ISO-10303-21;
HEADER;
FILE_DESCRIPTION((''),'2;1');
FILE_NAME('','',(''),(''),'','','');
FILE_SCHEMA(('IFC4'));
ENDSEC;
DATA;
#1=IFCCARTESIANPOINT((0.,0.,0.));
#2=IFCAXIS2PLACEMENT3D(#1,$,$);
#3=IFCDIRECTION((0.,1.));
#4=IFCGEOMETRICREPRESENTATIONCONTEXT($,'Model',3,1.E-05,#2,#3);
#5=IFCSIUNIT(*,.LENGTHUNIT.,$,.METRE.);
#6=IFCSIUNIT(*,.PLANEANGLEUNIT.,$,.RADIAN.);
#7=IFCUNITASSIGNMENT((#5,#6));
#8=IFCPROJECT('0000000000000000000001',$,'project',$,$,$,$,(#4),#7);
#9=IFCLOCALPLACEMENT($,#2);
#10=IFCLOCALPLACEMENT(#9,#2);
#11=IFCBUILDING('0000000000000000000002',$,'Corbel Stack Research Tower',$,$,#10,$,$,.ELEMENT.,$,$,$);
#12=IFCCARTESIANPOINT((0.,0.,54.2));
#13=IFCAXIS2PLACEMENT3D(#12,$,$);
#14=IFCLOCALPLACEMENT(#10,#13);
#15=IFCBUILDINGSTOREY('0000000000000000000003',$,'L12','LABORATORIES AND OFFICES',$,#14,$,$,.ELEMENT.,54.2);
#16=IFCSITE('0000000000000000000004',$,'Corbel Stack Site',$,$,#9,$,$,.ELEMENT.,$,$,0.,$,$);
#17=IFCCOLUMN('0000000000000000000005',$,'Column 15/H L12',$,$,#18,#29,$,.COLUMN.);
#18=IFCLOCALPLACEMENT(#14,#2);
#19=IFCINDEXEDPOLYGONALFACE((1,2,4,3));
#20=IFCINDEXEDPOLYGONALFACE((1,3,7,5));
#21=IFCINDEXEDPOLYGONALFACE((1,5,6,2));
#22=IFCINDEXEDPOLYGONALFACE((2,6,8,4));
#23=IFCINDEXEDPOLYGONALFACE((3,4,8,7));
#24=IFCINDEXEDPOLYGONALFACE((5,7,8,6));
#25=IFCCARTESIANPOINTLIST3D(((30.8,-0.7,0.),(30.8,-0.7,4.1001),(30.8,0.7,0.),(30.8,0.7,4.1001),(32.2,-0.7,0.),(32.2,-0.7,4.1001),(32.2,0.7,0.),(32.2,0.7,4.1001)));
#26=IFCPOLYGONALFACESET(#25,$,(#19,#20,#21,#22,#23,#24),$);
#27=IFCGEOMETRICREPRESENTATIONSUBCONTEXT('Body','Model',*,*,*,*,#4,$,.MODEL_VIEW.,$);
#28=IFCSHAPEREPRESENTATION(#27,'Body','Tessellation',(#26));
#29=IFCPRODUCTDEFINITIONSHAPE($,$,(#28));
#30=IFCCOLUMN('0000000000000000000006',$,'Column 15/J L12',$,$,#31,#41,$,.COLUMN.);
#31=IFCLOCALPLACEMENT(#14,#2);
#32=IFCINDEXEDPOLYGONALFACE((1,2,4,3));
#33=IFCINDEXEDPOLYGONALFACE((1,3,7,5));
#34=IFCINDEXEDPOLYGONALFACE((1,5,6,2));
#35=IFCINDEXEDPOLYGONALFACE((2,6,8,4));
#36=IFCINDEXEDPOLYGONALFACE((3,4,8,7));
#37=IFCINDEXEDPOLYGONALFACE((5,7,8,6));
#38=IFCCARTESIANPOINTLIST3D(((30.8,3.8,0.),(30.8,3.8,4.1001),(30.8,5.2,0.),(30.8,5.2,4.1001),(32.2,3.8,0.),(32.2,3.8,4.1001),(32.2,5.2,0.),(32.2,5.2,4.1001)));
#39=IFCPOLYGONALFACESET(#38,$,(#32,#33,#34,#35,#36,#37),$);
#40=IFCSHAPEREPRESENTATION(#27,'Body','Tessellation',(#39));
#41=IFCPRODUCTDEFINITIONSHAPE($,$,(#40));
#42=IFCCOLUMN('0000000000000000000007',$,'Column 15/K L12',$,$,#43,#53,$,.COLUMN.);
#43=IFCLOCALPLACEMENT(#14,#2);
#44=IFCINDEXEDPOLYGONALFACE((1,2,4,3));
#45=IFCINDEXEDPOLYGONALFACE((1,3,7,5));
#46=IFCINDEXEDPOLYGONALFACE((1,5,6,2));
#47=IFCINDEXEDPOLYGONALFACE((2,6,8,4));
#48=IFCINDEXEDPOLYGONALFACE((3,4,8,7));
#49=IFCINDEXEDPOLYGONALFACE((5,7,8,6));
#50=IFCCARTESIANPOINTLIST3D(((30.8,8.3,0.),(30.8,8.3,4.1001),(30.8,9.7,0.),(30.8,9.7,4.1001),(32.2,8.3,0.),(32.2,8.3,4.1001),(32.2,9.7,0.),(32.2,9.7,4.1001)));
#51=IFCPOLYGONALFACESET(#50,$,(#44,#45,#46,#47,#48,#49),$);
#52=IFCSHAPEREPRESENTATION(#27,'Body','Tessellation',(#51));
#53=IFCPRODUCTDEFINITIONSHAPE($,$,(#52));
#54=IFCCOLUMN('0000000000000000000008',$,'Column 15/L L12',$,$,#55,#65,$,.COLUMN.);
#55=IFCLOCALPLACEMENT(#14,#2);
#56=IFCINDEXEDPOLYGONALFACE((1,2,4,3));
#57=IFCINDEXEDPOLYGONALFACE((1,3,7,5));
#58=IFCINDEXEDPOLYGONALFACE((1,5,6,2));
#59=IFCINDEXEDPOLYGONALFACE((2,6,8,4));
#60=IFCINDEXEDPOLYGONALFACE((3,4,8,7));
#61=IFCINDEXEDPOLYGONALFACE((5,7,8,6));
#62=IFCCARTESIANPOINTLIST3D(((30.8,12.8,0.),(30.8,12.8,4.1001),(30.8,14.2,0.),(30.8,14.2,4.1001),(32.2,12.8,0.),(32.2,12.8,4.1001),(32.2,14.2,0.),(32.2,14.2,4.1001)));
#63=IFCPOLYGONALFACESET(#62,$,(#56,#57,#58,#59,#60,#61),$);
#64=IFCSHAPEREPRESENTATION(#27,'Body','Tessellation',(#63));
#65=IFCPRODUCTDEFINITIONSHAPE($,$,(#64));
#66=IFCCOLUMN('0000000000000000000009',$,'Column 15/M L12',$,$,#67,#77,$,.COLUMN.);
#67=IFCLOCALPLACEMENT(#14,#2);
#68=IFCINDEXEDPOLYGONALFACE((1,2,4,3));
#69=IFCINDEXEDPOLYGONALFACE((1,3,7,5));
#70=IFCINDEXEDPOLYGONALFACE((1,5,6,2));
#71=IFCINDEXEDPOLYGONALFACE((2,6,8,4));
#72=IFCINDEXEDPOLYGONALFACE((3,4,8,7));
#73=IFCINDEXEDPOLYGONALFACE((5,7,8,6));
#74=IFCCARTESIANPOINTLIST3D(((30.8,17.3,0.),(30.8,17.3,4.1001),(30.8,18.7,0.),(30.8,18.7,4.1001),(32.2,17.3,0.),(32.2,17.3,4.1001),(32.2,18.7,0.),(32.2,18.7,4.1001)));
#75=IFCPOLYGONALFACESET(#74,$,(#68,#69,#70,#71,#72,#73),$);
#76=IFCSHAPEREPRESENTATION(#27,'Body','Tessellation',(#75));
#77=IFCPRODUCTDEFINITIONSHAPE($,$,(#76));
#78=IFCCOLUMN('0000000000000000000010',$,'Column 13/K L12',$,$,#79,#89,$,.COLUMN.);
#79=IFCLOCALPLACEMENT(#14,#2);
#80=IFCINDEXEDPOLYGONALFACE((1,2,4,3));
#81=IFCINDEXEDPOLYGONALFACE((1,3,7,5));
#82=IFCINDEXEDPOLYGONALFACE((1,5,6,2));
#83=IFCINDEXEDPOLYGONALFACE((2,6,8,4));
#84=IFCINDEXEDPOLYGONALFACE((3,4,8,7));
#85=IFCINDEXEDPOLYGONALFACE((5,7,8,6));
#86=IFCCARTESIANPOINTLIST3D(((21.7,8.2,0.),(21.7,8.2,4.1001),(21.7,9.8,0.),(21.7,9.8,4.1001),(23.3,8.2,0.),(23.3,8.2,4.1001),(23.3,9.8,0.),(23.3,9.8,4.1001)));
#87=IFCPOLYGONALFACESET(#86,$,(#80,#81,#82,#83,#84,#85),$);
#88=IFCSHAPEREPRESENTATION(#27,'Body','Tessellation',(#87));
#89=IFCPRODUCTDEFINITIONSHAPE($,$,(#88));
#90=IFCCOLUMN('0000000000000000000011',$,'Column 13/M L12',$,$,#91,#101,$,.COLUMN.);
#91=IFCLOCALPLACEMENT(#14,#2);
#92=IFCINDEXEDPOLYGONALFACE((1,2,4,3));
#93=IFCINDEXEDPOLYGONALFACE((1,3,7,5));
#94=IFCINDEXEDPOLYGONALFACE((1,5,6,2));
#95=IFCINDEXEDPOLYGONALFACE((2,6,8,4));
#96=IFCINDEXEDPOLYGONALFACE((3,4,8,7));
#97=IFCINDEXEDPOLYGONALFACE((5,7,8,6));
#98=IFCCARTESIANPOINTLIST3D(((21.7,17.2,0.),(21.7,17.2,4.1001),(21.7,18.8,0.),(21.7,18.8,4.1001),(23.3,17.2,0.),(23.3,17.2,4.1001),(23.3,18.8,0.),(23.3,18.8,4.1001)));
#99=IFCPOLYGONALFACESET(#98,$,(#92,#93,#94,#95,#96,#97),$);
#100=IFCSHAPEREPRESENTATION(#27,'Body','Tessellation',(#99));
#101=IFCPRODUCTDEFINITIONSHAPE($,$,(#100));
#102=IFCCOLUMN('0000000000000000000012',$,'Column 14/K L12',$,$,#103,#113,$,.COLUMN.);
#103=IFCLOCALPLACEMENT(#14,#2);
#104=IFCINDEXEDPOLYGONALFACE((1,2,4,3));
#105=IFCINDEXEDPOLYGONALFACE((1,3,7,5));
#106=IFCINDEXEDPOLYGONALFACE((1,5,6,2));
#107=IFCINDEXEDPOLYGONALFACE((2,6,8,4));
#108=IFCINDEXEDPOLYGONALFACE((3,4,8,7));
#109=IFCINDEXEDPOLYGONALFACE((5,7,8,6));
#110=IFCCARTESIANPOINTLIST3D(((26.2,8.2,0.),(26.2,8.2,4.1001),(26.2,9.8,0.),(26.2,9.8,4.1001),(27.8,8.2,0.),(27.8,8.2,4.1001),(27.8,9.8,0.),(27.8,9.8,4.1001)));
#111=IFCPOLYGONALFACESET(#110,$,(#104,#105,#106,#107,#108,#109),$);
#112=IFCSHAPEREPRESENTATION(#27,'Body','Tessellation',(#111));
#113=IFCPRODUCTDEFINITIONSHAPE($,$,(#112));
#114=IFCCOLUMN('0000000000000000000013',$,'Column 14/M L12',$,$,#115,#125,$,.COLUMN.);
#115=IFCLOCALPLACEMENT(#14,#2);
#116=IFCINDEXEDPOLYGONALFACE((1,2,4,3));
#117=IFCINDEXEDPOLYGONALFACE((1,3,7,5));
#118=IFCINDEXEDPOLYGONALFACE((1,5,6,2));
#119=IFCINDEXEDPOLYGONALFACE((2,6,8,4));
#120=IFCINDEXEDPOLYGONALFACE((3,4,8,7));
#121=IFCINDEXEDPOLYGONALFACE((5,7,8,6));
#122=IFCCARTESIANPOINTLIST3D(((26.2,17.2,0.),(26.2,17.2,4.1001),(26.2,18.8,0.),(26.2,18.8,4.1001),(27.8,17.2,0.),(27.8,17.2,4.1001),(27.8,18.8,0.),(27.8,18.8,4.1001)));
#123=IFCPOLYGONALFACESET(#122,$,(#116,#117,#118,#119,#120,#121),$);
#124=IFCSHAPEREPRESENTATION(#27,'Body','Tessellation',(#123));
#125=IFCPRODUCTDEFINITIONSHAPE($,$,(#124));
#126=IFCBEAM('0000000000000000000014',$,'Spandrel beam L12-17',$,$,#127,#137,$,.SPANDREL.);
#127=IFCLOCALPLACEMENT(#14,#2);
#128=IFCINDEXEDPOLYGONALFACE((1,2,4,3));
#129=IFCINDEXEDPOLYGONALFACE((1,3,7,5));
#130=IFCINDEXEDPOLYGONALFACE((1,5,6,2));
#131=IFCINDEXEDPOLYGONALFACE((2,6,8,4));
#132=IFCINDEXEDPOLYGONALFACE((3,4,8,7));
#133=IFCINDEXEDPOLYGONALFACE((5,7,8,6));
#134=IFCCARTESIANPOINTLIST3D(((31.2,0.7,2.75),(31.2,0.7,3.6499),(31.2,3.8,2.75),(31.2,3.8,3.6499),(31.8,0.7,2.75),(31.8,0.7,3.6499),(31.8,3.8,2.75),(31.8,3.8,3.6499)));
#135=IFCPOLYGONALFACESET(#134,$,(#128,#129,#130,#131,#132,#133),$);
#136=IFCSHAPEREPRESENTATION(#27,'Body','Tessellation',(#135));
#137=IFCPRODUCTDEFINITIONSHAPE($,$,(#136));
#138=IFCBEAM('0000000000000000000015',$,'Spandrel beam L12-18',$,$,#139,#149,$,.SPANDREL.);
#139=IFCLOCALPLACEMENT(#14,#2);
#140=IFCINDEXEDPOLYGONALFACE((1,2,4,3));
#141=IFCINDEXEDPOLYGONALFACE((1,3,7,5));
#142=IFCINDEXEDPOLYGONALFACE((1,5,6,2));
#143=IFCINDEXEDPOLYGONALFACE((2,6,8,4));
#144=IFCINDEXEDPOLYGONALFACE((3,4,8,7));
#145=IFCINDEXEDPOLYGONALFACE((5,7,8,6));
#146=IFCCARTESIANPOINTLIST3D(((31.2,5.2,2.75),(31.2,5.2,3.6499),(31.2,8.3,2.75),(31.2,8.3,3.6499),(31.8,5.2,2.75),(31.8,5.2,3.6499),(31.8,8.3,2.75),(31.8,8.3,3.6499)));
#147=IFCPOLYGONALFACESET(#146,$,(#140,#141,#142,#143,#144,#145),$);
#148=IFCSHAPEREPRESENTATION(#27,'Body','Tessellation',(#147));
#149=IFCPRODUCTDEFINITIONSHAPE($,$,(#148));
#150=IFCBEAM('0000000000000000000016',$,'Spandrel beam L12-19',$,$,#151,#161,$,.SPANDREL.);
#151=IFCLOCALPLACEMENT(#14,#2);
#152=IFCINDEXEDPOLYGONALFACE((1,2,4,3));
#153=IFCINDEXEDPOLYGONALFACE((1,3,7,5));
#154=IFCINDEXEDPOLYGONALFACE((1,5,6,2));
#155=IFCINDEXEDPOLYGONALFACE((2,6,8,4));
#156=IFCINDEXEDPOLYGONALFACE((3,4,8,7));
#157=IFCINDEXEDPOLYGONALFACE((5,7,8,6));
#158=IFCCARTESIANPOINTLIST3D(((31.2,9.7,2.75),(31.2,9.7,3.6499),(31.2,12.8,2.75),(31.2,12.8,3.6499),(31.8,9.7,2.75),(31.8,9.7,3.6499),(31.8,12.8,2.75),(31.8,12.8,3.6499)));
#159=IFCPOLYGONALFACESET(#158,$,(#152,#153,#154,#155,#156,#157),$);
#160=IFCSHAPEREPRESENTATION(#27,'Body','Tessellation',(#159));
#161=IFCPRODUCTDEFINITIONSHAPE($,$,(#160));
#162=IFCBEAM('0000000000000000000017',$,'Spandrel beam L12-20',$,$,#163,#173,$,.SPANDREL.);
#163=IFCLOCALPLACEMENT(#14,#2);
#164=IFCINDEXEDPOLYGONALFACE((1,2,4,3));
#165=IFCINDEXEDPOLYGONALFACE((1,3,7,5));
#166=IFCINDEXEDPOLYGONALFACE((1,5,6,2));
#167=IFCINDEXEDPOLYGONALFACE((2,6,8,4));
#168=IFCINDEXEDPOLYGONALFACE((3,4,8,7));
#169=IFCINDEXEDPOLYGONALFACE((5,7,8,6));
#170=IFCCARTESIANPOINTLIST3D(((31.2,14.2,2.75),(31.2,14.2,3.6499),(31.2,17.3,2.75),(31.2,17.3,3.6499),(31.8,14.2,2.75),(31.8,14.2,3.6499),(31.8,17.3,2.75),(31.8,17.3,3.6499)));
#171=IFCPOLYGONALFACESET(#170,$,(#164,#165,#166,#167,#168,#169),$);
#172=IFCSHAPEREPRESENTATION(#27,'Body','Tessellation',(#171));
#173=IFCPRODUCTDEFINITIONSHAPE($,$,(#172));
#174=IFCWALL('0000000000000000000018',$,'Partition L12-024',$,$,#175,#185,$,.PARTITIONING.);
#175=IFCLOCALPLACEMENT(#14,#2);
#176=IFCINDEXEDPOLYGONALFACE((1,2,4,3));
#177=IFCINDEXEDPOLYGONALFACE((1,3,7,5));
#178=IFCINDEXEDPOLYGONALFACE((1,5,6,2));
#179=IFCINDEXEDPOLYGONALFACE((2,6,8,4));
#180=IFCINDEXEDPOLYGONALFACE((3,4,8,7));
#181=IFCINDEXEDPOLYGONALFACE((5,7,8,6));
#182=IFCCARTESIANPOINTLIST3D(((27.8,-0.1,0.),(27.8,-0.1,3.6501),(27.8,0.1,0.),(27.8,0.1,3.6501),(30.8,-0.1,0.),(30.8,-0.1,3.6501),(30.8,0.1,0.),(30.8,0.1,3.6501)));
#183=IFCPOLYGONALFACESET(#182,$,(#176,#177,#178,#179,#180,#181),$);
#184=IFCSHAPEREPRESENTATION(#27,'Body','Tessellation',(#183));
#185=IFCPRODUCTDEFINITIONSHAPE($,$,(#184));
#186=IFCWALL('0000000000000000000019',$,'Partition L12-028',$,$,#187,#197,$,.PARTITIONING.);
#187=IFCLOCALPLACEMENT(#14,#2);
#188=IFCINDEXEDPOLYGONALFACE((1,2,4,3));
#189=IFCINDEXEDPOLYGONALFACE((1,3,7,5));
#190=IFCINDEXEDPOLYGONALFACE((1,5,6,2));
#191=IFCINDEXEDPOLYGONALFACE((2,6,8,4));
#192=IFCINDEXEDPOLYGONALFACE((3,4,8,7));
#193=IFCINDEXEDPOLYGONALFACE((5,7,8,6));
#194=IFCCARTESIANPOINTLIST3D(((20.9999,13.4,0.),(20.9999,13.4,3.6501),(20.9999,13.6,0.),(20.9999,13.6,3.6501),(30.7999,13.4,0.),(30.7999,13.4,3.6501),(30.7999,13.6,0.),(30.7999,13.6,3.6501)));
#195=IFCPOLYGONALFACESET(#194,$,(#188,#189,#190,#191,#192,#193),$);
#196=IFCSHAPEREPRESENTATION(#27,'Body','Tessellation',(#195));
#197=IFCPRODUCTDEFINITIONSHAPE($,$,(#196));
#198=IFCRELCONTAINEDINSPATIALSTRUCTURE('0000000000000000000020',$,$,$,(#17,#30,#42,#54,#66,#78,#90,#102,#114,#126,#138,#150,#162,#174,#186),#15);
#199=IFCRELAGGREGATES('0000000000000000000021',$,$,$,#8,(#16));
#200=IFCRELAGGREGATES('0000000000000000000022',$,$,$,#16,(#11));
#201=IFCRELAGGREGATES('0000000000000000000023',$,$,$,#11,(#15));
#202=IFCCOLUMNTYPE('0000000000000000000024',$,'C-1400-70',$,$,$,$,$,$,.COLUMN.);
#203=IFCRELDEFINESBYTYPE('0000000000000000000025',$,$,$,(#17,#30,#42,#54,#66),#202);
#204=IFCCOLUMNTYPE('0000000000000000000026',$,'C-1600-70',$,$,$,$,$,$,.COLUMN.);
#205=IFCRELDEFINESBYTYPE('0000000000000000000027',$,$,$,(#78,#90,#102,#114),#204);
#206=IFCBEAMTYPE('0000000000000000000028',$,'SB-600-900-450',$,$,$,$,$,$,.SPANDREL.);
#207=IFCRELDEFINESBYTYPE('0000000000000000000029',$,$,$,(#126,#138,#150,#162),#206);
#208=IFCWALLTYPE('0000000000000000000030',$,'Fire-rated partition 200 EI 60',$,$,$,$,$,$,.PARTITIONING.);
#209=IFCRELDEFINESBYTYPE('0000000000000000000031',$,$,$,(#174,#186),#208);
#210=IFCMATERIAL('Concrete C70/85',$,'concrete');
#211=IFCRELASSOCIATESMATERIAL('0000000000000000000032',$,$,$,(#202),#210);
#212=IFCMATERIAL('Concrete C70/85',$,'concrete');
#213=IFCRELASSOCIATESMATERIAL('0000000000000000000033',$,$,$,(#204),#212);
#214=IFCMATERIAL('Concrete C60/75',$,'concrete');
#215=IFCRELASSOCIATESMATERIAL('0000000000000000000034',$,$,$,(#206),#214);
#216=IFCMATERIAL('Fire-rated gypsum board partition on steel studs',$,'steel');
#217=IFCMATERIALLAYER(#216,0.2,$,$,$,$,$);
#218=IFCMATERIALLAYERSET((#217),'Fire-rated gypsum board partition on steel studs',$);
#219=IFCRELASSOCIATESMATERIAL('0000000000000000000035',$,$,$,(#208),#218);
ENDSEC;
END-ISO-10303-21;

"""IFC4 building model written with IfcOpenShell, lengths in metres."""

from ifc_helpers import new_model, si_unit, direction, frame, frame_2d, origin, origin_2d, place, context, subcontext, project, spatial, rectangle, extrude, material, layer, layer_set, material_profile, profile_set, type_object, element, save


model = new_model("IFC4")

# Units and contexts
model_context = context("Model", 3, precision=1e-05, world=origin(), true_north=direction((0.0, 1.0)))
body_context = subcontext(model_context, "Body", "Model", "MODEL_VIEW")
ifc_project = project(units=[si_unit("LENGTHUNIT", "METRE"), si_unit("PLANEANGLEUNIT", "RADIAN")], contexts=[model_context])

# Site, building, storey
site_placement = place(None, origin())
site = spatial("IfcSite", under=ifc_project, at=site_placement, Name="Corbel Stack Site", CompositionType="ELEMENT", RefElevation=0.0)
building_placement = place(site_placement, origin())
building = spatial("IfcBuilding", under=site, at=building_placement, Name="Corbel Stack Research Tower", CompositionType="ELEMENT")
storey_placement = place(building_placement, frame((0.0, 0.0, 54.2)))
storey = spatial("IfcBuildingStorey", under=building, at=storey_placement, Name="L12", Description="LABORATORIES AND OFFICES", CompositionType="ELEMENT", Elevation=54.2)

# Columns
ifc_material_1 = material(Name="Concrete C70/85", Category="concrete")
ifc_material_profile_1 = material_profile(ifc_material_1, rectangle(XDim=1.3999, YDim=1.3999, at=origin_2d()), Name="RC 1400 x 1400")
ifc_profile_set_1 = profile_set([ifc_material_profile_1], Name="Concrete C70/85")
column_type_1 = type_object("IfcColumnType", Name="C-1400-70", PredefinedType="COLUMN", material=ifc_profile_set_1)
for number, where, z_axis, x_axis, name in (
    (1, (31.5, 0.0, 0.0), (0.0, 0.0, 1.0), (1.0, 0.0, 0.0), "Column 15/H L12"),
    (2, (31.5, 4.5, 0.0), (0.0, 0.0, 1.0), (1.0, 0.0, 0.0), "Column 15/J L12"),
    (3, (31.5, 9.0, 0.0), (0.0, 0.0, 1.0), (1.0, 0.0, 0.0), "Column 15/K L12"),
    (4, (31.5, 13.5, 0.0), (0.0, 0.0, 1.0), (1.0, 0.0, 0.0), "Column 15/L L12"),
    (5, (31.5, 18.0, 0.0), (0.0, 0.0, 1.0), (1.0, 0.0, 0.0), "Column 15/M L12"),
):
    element("IfcColumn", number, at=place(storey_placement, frame(where, z_axis=z_axis, x_axis=x_axis)), inside=storey, type_object=column_type_1, Name=name, PredefinedType="COLUMN", context=body_context, shape_type="SweptSolid", body=[
        extrude(rectangle(XDim=1.3999, YDim=1.3999, at=origin_2d()), origin(), (0.0, 0.0, 1.0), 4.1001),
    ])
ifc_material_2 = material(Name="Concrete C70/85", Category="concrete")
ifc_material_profile_2 = material_profile(ifc_material_2, rectangle(XDim=1.6001, YDim=1.6001, at=origin_2d()), Name="RC 1600 x 1600")
ifc_profile_set_2 = profile_set([ifc_material_profile_2], Name="Concrete C70/85")
column_type_2 = type_object("IfcColumnType", Name="C-1600-70", PredefinedType="COLUMN", material=ifc_profile_set_2)
for number, where, z_axis, x_axis, name in (
    (6, (22.5, 9.0, 0.0), (0.0, 0.0, 1.0), (1.0, 0.0, 0.0), "Column 13/K L12"),
    (7, (22.5, 18.0, 0.0), (0.0, 0.0, 1.0), (1.0, 0.0, 0.0), "Column 13/M L12"),
    (8, (27.0, 9.0, 0.0), (0.0, 0.0, 1.0), (1.0, 0.0, 0.0), "Column 14/K L12"),
    (9, (27.0, 18.0, 0.0), (0.0, 0.0, 1.0), (1.0, 0.0, 0.0), "Column 14/M L12"),
):
    element("IfcColumn", number, at=place(storey_placement, frame(where, z_axis=z_axis, x_axis=x_axis)), inside=storey, type_object=column_type_2, Name=name, PredefinedType="COLUMN", context=body_context, shape_type="SweptSolid", body=[
        extrude(rectangle(XDim=1.6001, YDim=1.6001, at=origin_2d()), origin(), (0.0, 0.0, 1.0), 4.1001),
    ])

# Beams
ifc_material_3 = material(Name="Concrete C60/75", Category="concrete")
ifc_material_profile_3 = material_profile(ifc_material_3, rectangle(XDim=0.6001, YDim=0.8999, at=origin_2d()), Name="RC 600 x 900")
ifc_profile_set_3 = profile_set([ifc_material_profile_3], Name="Concrete C60/75")
beam_type = type_object("IfcBeamType", Name="SB-600-900-450", PredefinedType="SPANDREL", material=ifc_profile_set_3)
for number, where, z_axis, x_axis, name in (
    (10, (31.5, 0.7, 3.2), (0.0, 1.0, 0.0), (-1.0, 0.0, 0.0), "Spandrel beam L12-17"),
    (11, (31.5, 5.2, 3.2), (0.0, 1.0, 0.0), (-1.0, 0.0, 0.0), "Spandrel beam L12-18"),
    (12, (31.5, 9.7, 3.2), (0.0, 1.0, 0.0), (-1.0, 0.0, 0.0), "Spandrel beam L12-19"),
    (13, (31.5, 14.2, 3.2), (0.0, 1.0, 0.0), (-1.0, 0.0, 0.0), "Spandrel beam L12-20"),
):
    element("IfcBeam", number, at=place(storey_placement, frame(where, z_axis=z_axis, x_axis=x_axis)), inside=storey, type_object=beam_type, Name=name, PredefinedType="SPANDREL", context=body_context, shape_type="SweptSolid", body=[
        extrude(rectangle(XDim=0.6001, YDim=0.8999, at=origin_2d()), origin(), (0.0, 0.0, 1.0), 3.1001),
    ])

# Walls
ifc_material_4 = material(Name="Fire-rated gypsum board partition on steel studs", Category="steel")
ifc_layer_1 = layer(ifc_material_4, 0.2)
ifc_layer_set_1 = layer_set([ifc_layer_1], Name="Fire-rated gypsum board partition on steel studs")
wall_type_1 = type_object("IfcWallType", Name="Fire-rated partition 200 EI 60", PredefinedType="PARTITIONING", material=ifc_layer_set_1)
wall_1_placement = place(storey_placement, frame((27.8, 0.0, 0.0), z_axis=(0.0, 0.0, 1.0), x_axis=(1.0, 0.0, 0.0)))
element("IfcWall", 14, at=wall_1_placement, inside=storey, type_object=wall_type_1, Name="Partition L12-024", PredefinedType="PARTITIONING", context=body_context, shape_type="SweptSolid", body=[
    extrude(rectangle(XDim=3.0, YDim=0.2, at=frame_2d((1.5, 0.0))), origin(), (0.0, 0.0, 1.0), 3.6501),
])
wall_2_placement = place(storey_placement, frame((21.0, 13.5, 0.0), z_axis=(0.0, 0.0, 1.0), x_axis=(1.0, 0.0, 0.0)))
element("IfcWall", 15, at=wall_2_placement, inside=storey, type_object=wall_type_1, Name="Partition L12-028", PredefinedType="PARTITIONING", context=body_context, shape_type="SweptSolid", body=[
    extrude(rectangle(XDim=9.8, YDim=0.2, at=frame_2d((4.8999, 0.0))), origin(), (0.0, 0.0, 1.0), 3.6501),
])

save(model, "model.ifc")
